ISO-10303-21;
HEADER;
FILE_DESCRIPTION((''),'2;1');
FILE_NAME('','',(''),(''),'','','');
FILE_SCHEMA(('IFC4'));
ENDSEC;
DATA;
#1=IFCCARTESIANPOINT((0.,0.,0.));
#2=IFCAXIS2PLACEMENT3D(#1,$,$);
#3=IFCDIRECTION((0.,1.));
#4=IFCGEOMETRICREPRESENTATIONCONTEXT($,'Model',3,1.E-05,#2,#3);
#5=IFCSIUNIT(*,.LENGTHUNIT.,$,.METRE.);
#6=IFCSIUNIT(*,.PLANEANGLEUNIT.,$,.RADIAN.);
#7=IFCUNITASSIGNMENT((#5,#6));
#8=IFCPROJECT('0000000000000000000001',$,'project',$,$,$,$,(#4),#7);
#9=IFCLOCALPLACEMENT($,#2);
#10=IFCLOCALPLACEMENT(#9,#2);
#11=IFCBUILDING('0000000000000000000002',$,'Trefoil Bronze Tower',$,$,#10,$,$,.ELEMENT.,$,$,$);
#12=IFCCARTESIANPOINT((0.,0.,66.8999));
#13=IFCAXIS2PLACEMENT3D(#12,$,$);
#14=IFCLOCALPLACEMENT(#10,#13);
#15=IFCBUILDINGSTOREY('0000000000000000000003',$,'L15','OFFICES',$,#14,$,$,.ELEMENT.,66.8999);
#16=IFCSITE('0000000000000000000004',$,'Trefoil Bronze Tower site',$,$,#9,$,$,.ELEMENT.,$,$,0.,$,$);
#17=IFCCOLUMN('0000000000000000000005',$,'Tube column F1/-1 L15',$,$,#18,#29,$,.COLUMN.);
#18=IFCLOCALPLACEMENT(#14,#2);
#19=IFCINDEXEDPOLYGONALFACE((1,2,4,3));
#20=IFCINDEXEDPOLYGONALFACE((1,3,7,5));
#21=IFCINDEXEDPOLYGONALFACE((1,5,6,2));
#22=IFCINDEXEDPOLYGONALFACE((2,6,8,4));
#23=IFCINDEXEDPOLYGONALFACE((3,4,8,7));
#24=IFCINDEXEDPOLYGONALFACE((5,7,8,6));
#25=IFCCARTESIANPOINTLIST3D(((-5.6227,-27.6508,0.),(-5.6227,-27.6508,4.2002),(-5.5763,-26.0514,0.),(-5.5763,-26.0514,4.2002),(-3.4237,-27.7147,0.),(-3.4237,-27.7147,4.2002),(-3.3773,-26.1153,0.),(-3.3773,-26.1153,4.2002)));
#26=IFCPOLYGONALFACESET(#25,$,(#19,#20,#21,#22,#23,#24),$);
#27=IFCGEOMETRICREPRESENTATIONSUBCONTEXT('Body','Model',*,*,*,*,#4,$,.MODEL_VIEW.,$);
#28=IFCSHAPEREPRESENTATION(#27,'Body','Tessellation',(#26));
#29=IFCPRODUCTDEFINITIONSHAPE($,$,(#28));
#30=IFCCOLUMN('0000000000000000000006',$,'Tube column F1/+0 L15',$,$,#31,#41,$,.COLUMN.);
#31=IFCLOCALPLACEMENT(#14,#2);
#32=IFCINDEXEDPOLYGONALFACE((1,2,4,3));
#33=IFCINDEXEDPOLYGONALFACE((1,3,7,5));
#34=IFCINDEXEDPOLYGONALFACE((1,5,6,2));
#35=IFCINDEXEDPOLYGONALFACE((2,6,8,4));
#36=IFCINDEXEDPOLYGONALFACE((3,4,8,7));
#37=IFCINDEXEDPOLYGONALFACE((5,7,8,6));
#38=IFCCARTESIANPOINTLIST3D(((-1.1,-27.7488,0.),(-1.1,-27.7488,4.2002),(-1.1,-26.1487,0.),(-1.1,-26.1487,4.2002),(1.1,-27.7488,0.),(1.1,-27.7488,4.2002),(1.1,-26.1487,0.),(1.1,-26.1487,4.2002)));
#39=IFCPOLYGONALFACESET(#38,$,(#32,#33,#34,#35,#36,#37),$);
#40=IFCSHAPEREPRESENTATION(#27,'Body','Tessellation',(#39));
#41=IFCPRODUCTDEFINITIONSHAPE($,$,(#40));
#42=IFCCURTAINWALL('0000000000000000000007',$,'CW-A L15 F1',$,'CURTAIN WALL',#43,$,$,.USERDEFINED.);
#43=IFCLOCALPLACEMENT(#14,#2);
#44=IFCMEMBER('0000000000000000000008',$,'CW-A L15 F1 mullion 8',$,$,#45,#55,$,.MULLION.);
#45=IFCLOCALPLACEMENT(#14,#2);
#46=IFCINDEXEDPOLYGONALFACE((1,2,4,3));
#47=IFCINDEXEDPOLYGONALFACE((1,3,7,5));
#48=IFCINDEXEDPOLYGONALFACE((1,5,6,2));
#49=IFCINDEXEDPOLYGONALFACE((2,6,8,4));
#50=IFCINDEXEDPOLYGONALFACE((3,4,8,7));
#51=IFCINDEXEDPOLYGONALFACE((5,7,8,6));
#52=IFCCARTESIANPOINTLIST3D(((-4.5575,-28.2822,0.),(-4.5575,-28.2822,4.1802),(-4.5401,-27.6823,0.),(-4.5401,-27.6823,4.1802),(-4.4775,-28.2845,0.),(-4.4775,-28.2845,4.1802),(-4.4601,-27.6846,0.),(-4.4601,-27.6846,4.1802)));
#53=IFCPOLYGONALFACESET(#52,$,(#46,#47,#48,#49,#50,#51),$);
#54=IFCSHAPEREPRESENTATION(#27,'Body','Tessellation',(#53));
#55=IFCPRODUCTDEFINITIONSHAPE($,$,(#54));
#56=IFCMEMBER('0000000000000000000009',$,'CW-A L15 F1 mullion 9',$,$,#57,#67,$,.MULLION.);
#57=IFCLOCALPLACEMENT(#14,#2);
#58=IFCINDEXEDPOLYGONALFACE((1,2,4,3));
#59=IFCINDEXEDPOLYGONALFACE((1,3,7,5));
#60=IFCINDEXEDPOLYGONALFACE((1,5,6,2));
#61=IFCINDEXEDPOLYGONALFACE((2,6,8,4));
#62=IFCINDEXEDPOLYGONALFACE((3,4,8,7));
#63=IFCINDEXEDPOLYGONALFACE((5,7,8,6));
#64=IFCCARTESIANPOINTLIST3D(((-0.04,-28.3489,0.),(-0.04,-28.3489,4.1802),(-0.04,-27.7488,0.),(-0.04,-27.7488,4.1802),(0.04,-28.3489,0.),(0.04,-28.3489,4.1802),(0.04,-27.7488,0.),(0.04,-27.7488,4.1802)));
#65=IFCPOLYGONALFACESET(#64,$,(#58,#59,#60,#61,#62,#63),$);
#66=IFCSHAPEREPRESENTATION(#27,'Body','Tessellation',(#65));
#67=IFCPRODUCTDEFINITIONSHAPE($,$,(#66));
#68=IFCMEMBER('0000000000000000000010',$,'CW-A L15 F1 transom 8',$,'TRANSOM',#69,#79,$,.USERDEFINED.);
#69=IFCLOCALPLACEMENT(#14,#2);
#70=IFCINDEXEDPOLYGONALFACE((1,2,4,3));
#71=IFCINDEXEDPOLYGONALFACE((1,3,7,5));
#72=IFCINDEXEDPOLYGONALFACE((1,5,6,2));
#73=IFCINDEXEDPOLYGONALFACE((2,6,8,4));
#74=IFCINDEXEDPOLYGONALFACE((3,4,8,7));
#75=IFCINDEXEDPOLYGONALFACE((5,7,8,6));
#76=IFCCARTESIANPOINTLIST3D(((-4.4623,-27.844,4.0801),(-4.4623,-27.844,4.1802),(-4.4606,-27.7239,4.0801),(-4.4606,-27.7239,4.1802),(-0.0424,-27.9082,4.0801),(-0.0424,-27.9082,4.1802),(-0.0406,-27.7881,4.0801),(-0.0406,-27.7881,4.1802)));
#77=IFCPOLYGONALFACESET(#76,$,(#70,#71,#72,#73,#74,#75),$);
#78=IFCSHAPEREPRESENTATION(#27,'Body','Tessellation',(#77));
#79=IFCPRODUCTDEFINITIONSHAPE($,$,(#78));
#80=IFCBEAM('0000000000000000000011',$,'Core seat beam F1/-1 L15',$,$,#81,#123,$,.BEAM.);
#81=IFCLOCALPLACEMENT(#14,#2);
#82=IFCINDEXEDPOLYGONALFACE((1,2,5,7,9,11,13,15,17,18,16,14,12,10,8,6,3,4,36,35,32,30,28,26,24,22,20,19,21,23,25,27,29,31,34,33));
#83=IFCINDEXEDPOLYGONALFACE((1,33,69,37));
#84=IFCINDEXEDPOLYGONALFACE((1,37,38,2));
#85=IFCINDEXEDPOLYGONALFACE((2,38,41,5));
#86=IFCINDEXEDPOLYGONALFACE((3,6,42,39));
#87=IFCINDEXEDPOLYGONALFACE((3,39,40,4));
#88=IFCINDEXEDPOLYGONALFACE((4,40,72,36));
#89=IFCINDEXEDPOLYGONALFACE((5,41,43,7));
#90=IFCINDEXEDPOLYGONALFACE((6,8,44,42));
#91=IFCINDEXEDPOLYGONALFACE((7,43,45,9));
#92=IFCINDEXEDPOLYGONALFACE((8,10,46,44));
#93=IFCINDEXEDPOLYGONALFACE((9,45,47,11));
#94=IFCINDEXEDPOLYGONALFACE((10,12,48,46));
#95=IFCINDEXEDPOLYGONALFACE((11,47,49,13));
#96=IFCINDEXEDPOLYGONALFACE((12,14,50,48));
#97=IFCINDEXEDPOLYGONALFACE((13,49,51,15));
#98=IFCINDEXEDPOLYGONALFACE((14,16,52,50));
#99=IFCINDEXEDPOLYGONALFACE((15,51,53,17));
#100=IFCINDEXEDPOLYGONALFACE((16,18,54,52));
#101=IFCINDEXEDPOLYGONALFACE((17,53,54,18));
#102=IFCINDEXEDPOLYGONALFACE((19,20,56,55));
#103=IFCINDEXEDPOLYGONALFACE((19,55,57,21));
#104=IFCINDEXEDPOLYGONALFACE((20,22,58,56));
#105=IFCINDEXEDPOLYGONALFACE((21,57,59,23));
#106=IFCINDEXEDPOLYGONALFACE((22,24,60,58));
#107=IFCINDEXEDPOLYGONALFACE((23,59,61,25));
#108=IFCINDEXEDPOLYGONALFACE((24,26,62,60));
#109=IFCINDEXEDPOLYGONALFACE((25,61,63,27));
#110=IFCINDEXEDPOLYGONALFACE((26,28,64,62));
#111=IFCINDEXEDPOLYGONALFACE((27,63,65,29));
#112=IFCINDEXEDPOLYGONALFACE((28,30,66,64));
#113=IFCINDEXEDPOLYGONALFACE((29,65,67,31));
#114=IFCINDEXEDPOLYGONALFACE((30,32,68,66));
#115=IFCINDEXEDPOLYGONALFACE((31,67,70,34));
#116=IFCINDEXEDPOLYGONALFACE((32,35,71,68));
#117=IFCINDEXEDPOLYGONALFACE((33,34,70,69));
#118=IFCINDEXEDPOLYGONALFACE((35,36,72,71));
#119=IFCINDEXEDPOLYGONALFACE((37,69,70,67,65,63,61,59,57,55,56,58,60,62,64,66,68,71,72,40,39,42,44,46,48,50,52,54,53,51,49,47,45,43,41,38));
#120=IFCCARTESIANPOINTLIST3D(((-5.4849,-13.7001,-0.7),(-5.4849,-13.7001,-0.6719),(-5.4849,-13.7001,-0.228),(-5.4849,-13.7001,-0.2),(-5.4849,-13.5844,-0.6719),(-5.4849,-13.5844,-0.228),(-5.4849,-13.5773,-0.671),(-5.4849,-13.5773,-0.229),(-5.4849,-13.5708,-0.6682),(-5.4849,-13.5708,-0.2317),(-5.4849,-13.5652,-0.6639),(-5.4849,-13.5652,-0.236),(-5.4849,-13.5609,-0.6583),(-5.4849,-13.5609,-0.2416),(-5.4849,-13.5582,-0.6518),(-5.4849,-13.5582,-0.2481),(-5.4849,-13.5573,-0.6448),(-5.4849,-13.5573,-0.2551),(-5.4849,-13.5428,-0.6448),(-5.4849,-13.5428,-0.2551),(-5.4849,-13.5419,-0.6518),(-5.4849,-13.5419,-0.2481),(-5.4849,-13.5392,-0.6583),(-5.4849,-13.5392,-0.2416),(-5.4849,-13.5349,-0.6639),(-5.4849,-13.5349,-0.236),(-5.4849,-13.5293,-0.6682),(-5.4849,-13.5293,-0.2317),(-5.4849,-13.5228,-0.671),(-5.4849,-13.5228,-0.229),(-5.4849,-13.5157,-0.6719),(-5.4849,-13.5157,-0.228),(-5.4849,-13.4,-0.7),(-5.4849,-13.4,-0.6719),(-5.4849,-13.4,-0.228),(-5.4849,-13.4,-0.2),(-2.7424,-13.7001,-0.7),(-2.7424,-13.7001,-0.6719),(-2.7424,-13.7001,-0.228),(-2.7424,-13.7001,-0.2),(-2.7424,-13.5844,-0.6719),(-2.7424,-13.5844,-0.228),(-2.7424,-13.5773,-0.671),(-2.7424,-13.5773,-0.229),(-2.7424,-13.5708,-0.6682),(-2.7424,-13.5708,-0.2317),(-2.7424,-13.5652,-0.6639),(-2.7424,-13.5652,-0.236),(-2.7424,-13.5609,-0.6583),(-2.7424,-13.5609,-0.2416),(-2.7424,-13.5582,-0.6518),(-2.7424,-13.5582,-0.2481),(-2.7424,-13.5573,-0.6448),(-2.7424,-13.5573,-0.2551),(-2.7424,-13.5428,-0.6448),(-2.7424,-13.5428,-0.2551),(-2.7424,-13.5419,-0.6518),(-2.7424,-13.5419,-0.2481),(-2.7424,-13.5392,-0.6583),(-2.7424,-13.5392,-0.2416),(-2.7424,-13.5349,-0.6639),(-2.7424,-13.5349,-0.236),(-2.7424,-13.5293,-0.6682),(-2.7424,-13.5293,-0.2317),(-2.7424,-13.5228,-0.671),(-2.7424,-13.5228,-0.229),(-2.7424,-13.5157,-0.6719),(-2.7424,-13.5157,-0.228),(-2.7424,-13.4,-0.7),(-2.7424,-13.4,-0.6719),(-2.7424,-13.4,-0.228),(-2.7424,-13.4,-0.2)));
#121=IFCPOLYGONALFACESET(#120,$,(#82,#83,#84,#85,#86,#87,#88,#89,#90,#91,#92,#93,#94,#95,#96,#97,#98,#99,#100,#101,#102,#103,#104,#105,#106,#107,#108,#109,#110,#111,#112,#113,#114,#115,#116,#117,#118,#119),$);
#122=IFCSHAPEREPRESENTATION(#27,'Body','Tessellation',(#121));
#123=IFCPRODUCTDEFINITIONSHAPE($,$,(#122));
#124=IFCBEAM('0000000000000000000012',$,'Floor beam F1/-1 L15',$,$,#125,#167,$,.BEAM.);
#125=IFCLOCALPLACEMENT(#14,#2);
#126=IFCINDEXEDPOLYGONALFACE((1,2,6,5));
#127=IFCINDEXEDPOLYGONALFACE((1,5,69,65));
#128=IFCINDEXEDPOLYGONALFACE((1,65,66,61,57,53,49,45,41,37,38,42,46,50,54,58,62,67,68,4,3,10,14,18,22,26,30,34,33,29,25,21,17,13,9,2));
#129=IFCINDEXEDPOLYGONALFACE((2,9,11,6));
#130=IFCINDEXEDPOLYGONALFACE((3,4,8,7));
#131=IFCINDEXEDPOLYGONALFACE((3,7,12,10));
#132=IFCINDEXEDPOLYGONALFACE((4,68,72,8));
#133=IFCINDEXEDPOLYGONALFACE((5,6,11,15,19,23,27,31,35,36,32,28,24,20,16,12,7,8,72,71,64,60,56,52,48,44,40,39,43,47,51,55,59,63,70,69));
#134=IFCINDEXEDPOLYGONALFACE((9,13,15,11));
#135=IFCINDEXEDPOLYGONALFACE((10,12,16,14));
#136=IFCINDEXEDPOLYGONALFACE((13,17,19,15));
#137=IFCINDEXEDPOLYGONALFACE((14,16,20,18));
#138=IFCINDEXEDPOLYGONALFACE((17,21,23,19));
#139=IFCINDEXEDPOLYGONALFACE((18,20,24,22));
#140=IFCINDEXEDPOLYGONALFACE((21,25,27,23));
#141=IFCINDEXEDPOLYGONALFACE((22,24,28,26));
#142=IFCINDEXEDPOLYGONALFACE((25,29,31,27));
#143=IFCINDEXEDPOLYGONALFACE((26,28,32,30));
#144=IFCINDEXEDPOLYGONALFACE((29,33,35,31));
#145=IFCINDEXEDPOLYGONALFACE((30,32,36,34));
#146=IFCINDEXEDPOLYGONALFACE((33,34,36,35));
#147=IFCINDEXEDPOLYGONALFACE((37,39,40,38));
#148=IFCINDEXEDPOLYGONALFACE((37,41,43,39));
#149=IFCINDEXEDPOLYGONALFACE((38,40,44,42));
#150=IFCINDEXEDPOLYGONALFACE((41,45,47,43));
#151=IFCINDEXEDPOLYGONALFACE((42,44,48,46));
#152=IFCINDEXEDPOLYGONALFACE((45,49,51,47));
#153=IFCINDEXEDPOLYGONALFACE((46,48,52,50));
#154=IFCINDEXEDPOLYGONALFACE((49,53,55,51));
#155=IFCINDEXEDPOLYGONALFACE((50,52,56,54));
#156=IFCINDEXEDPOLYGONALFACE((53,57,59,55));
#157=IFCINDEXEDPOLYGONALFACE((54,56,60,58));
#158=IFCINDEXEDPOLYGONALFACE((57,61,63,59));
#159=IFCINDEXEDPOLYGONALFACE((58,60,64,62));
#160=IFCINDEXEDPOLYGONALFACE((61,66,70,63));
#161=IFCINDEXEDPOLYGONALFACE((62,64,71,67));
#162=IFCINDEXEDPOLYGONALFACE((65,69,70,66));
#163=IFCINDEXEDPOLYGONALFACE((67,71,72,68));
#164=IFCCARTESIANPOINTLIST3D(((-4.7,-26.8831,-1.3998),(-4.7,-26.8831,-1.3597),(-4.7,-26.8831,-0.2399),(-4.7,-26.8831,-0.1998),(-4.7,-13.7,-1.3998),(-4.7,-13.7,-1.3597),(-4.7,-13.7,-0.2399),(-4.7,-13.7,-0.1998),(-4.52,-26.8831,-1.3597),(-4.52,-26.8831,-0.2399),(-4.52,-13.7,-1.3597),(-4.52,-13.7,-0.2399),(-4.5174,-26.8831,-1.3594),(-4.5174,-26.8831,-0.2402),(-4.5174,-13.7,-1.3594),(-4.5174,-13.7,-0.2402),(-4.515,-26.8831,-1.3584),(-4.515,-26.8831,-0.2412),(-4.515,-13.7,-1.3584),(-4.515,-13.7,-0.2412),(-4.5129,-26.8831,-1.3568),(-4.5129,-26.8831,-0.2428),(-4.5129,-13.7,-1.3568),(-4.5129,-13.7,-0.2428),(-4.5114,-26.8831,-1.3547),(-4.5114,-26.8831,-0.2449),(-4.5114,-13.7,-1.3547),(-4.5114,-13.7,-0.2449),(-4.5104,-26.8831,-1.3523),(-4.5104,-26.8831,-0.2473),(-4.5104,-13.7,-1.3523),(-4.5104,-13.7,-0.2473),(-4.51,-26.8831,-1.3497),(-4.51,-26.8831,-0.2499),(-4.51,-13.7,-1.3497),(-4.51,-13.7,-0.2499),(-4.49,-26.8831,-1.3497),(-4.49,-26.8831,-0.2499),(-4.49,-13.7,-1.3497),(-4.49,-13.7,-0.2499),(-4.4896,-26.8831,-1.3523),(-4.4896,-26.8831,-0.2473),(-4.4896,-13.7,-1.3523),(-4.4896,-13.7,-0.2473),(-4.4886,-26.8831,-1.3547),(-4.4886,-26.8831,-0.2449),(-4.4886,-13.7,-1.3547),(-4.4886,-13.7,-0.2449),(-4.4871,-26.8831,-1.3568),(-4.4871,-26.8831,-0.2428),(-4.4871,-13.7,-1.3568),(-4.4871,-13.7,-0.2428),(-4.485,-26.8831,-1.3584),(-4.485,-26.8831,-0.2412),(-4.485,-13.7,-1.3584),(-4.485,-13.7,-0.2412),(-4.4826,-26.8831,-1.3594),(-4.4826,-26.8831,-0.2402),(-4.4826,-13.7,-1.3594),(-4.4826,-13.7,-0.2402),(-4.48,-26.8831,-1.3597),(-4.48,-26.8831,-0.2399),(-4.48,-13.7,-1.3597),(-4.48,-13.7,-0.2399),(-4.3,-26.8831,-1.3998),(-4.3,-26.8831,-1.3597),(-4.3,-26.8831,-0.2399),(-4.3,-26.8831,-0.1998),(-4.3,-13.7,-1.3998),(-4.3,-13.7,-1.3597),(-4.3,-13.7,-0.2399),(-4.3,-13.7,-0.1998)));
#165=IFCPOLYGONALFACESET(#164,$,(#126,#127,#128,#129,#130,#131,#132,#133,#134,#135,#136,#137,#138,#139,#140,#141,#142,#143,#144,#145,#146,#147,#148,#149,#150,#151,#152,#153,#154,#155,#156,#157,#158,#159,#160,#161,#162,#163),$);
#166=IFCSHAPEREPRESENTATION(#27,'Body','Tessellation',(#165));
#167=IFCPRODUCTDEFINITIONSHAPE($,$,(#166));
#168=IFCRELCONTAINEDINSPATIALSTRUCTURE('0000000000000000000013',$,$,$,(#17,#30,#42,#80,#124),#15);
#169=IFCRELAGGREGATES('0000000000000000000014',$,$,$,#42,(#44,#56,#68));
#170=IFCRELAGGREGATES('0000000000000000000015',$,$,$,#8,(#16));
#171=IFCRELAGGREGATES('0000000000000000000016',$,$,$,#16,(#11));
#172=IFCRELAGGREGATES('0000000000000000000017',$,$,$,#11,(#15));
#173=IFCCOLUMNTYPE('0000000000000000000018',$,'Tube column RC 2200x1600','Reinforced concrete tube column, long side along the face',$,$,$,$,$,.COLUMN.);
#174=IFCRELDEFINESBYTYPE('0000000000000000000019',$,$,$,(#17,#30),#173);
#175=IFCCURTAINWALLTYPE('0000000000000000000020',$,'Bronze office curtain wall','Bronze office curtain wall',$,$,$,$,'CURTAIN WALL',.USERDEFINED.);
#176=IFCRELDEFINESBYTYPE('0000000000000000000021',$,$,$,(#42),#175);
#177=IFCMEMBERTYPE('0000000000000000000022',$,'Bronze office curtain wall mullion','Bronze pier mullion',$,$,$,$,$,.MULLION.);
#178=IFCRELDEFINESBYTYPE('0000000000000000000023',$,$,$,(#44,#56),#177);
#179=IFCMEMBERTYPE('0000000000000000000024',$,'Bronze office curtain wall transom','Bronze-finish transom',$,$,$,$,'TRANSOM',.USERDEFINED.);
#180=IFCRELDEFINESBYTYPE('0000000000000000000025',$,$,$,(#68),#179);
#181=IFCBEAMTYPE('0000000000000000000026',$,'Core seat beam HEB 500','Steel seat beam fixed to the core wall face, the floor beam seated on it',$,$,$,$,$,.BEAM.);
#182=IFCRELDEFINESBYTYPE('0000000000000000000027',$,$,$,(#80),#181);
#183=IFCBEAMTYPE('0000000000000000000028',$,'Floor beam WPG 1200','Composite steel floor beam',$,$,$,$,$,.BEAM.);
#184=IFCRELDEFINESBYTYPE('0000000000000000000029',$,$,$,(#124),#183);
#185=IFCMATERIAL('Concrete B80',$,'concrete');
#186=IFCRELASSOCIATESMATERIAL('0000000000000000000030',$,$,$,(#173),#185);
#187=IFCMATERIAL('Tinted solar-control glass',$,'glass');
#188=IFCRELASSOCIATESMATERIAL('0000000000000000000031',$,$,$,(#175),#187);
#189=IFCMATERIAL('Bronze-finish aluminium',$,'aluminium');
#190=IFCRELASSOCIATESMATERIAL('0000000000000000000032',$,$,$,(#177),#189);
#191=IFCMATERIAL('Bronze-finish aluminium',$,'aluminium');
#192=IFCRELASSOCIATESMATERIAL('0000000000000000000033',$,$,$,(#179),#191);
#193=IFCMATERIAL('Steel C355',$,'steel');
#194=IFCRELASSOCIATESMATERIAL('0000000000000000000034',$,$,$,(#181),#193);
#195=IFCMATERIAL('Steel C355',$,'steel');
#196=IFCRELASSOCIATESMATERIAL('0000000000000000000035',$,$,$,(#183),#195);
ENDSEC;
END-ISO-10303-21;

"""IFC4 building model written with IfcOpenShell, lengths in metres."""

from ifc_helpers import new_model, si_unit, direction, frame, origin, origin_2d, place, context, subcontext, project, spatial, rectangle, i_section, extrude, material, material_profile, profile_set, type_object, element, aggregate, save


model = new_model("IFC4")

# Units and contexts
model_context = context("Model", 3, precision=1e-05, world=origin(), true_north=direction((0.0, 1.0)))
body_context = subcontext(model_context, "Body", "Model", "MODEL_VIEW")
ifc_project = project(units=[si_unit("LENGTHUNIT", "METRE"), si_unit("PLANEANGLEUNIT", "RADIAN")], contexts=[model_context])

# Site, building, storey
site_placement = place(None, origin())
site = spatial("IfcSite", under=ifc_project, at=site_placement, Name="Trefoil Bronze Tower site", CompositionType="ELEMENT", RefElevation=0.0)
building_placement = place(site_placement, origin())
building = spatial("IfcBuilding", under=site, at=building_placement, Name="Trefoil Bronze Tower", CompositionType="ELEMENT")
storey_placement = place(building_placement, frame((0.0, 0.0, 66.8999)))
storey = spatial("IfcBuildingStorey", under=building, at=storey_placement, Name="L15", Description="OFFICES", CompositionType="ELEMENT", Elevation=66.8999)

# Columns
ifc_material_1 = material(Name="Concrete B80", Category="concrete")
ifc_material_profile_1 = material_profile(ifc_material_1, rectangle(XDim=2.2, YDim=1.6001, at=origin_2d()), Name="RC 2200x1600")
ifc_profile_set_1 = profile_set([ifc_material_profile_1], Name="Concrete B80")
column_type = type_object("IfcColumnType", Name="Tube column RC 2200x1600", Description="Reinforced concrete tube column, long side along the face", PredefinedType="COLUMN", material=ifc_profile_set_1)
for number, where, z_axis, x_axis, name in (
    (1, (-4.5, -26.8831, 0.0), (0.0, 0.0, 1.0), (0.999579, -0.029022, 0.0), "Tube column F1/-1 L15"),
    (2, (0.0, -26.9487, 0.0), (0.0, 0.0, 1.0), (1.0, 0.0, 0.0), "Tube column F1/+0 L15"),
):
    element("IfcColumn", number, at=place(storey_placement, frame(where, z_axis=z_axis, x_axis=x_axis)), inside=storey, type_object=column_type, Name=name, PredefinedType="COLUMN", context=body_context, shape_type="SweptSolid", body=[
        extrude(rectangle(XDim=2.2, YDim=1.6001, at=origin_2d()), origin(), (0.0, 0.0, 1.0), 4.2002),
    ])

# Curtain wall, members
ifc_material_2 = material(Name="Tinted solar-control glass", Category="glass")
curtain_wall_type = type_object("IfcCurtainWallType", Name="Bronze office curtain wall", Description="Bronze office curtain wall", ElementType="CURTAIN WALL", PredefinedType="USERDEFINED", material=ifc_material_2)
curtain_wall_placement = place(storey_placement, origin())
curtain_wall = element("IfcCurtainWall", 3, at=curtain_wall_placement, inside=storey, type_object=curtain_wall_type, Name="CW-A L15 F1", ObjectType="CURTAIN WALL", PredefinedType="USERDEFINED")
ifc_material_3 = material(Name="Bronze-finish aluminium", Category="aluminium")
ifc_material_profile_2 = material_profile(ifc_material_3, rectangle(XDim=0.6001, YDim=0.0801, at=origin_2d()), Name="CW-A mullion")
ifc_profile_set_2 = profile_set([ifc_material_profile_2], Name="Bronze-finish aluminium")
member_type_1 = type_object("IfcMemberType", Name="Bronze office curtain wall mullion", Description="Bronze pier mullion", PredefinedType="MULLION", material=ifc_profile_set_2)
member_1_placement = place(storey_placement, frame((-4.5088, -27.9834, 0.0), z_axis=(0.0, 0.0, 1.0), x_axis=(0.029022, 0.999579, 0.0)))
member_1 = element("IfcMember", 4, at=member_1_placement, type_object=member_type_1, Name="CW-A L15 F1 mullion 8", PredefinedType="MULLION", context=body_context, shape_type="SweptSolid", body=[
    extrude(rectangle(XDim=0.6001, YDim=0.0801, at=origin_2d()), origin(), (0.0, 0.0, 1.0), 4.1802),
])
member_2_placement = place(storey_placement, frame((0.0, -28.0488, 0.0), z_axis=(0.0, 0.0, 1.0), x_axis=(0.0, 1.0, 0.0)))
member_2 = element("IfcMember", 5, at=member_2_placement, type_object=member_type_1, Name="CW-A L15 F1 mullion 9", PredefinedType="MULLION", context=body_context, shape_type="SweptSolid", body=[
    extrude(rectangle(XDim=0.6001, YDim=0.0801, at=origin_2d()), origin(), (0.0, 0.0, 1.0), 4.1802),
])
ifc_material_4 = material(Name="Bronze-finish aluminium", Category="aluminium")
ifc_material_profile_3 = material_profile(ifc_material_4, rectangle(XDim=0.1201, YDim=0.1001, at=origin_2d()), Name="CW-A transom")
ifc_profile_set_3 = profile_set([ifc_material_profile_3], Name="Bronze-finish aluminium")
member_type_2 = type_object("IfcMemberType", Name="Bronze office curtain wall transom", Description="Bronze-finish transom", ElementType="TRANSOM", PredefinedType="USERDEFINED", material=ifc_profile_set_3)
member_3_placement = place(storey_placement, frame((-4.4614, -27.7839, 4.1301), z_axis=(0.999894, -0.014526, 0.0), x_axis=(0.014526, 0.999894, 0.0)))
member_3 = element("IfcMember", 6, at=member_3_placement, type_object=member_type_2, Name="CW-A L15 F1 transom 8", ObjectType="TRANSOM", PredefinedType="USERDEFINED", context=body_context, shape_type="SweptSolid", body=[
    extrude(rectangle(XDim=0.1201, YDim=0.1001, at=origin_2d()), origin(), (0.0, 0.0, 1.0), 4.4204),
])

# Beams
ifc_material_5 = material(Name="Steel C355", Category="steel")
ifc_material_profile_4 = material_profile(ifc_material_5, i_section(OverallWidth=0.3, OverallDepth=0.5, WebThickness=0.0144, FlangeThickness=0.0281, FilletRadius=0.0271, at=origin_2d()), Name="HEB 500")
ifc_profile_set_4 = profile_set([ifc_material_profile_4], Name="Steel C355")
beam_type_1 = type_object("IfcBeamType", Name="Core seat beam HEB 500", Description="Steel seat beam fixed to the core wall face, the floor beam seated on it", PredefinedType="BEAM", material=ifc_profile_set_4)
beam_1_placement = place(storey_placement, frame((-5.4849, -13.55, -0.45), z_axis=(1.0, 0.0, 0.0), x_axis=(0.0, 1.0, 0.0)))
element("IfcBeam", 7, at=beam_1_placement, inside=storey, type_object=beam_type_1, Name="Core seat beam F1/-1 L15", PredefinedType="BEAM", context=body_context, shape_type="SweptSolid", body=[
    extrude(i_section(OverallWidth=0.3, OverallDepth=0.5, WebThickness=0.0144, FlangeThickness=0.0281, FilletRadius=0.0271, at=origin_2d()), origin(), (0.0, 0.0, 1.0), 2.7424),
])
ifc_material_6 = material(Name="Steel C355", Category="steel")
ifc_material_profile_5 = material_profile(ifc_material_6, i_section(OverallWidth=0.3999, OverallDepth=1.2, WebThickness=0.02, FlangeThickness=0.04, FilletRadius=0.01, at=origin_2d()), Name="WPG 1200")
ifc_profile_set_5 = profile_set([ifc_material_profile_5], Name="Steel C355")
beam_type_2 = type_object("IfcBeamType", Name="Floor beam WPG 1200", Description="Composite steel floor beam", PredefinedType="BEAM", material=ifc_profile_set_5)
beam_2_placement = place(storey_placement, frame((-4.5, -26.8831, -0.7998), z_axis=(0.0, 1.0, 0.0), x_axis=(-1.0, 0.0, 0.0)))
element("IfcBeam", 8, at=beam_2_placement, inside=storey, type_object=beam_type_2, Name="Floor beam F1/-1 L15", PredefinedType="BEAM", context=body_context, shape_type="SweptSolid", body=[
    extrude(i_section(OverallWidth=0.3999, OverallDepth=1.2, WebThickness=0.02, FlangeThickness=0.04, FilletRadius=0.01, at=origin_2d()), origin(), (0.0, 0.0, 1.0), 13.1831),
])

aggregate(curtain_wall, [member_1, member_2, member_3])

save(model, "model.ifc")
